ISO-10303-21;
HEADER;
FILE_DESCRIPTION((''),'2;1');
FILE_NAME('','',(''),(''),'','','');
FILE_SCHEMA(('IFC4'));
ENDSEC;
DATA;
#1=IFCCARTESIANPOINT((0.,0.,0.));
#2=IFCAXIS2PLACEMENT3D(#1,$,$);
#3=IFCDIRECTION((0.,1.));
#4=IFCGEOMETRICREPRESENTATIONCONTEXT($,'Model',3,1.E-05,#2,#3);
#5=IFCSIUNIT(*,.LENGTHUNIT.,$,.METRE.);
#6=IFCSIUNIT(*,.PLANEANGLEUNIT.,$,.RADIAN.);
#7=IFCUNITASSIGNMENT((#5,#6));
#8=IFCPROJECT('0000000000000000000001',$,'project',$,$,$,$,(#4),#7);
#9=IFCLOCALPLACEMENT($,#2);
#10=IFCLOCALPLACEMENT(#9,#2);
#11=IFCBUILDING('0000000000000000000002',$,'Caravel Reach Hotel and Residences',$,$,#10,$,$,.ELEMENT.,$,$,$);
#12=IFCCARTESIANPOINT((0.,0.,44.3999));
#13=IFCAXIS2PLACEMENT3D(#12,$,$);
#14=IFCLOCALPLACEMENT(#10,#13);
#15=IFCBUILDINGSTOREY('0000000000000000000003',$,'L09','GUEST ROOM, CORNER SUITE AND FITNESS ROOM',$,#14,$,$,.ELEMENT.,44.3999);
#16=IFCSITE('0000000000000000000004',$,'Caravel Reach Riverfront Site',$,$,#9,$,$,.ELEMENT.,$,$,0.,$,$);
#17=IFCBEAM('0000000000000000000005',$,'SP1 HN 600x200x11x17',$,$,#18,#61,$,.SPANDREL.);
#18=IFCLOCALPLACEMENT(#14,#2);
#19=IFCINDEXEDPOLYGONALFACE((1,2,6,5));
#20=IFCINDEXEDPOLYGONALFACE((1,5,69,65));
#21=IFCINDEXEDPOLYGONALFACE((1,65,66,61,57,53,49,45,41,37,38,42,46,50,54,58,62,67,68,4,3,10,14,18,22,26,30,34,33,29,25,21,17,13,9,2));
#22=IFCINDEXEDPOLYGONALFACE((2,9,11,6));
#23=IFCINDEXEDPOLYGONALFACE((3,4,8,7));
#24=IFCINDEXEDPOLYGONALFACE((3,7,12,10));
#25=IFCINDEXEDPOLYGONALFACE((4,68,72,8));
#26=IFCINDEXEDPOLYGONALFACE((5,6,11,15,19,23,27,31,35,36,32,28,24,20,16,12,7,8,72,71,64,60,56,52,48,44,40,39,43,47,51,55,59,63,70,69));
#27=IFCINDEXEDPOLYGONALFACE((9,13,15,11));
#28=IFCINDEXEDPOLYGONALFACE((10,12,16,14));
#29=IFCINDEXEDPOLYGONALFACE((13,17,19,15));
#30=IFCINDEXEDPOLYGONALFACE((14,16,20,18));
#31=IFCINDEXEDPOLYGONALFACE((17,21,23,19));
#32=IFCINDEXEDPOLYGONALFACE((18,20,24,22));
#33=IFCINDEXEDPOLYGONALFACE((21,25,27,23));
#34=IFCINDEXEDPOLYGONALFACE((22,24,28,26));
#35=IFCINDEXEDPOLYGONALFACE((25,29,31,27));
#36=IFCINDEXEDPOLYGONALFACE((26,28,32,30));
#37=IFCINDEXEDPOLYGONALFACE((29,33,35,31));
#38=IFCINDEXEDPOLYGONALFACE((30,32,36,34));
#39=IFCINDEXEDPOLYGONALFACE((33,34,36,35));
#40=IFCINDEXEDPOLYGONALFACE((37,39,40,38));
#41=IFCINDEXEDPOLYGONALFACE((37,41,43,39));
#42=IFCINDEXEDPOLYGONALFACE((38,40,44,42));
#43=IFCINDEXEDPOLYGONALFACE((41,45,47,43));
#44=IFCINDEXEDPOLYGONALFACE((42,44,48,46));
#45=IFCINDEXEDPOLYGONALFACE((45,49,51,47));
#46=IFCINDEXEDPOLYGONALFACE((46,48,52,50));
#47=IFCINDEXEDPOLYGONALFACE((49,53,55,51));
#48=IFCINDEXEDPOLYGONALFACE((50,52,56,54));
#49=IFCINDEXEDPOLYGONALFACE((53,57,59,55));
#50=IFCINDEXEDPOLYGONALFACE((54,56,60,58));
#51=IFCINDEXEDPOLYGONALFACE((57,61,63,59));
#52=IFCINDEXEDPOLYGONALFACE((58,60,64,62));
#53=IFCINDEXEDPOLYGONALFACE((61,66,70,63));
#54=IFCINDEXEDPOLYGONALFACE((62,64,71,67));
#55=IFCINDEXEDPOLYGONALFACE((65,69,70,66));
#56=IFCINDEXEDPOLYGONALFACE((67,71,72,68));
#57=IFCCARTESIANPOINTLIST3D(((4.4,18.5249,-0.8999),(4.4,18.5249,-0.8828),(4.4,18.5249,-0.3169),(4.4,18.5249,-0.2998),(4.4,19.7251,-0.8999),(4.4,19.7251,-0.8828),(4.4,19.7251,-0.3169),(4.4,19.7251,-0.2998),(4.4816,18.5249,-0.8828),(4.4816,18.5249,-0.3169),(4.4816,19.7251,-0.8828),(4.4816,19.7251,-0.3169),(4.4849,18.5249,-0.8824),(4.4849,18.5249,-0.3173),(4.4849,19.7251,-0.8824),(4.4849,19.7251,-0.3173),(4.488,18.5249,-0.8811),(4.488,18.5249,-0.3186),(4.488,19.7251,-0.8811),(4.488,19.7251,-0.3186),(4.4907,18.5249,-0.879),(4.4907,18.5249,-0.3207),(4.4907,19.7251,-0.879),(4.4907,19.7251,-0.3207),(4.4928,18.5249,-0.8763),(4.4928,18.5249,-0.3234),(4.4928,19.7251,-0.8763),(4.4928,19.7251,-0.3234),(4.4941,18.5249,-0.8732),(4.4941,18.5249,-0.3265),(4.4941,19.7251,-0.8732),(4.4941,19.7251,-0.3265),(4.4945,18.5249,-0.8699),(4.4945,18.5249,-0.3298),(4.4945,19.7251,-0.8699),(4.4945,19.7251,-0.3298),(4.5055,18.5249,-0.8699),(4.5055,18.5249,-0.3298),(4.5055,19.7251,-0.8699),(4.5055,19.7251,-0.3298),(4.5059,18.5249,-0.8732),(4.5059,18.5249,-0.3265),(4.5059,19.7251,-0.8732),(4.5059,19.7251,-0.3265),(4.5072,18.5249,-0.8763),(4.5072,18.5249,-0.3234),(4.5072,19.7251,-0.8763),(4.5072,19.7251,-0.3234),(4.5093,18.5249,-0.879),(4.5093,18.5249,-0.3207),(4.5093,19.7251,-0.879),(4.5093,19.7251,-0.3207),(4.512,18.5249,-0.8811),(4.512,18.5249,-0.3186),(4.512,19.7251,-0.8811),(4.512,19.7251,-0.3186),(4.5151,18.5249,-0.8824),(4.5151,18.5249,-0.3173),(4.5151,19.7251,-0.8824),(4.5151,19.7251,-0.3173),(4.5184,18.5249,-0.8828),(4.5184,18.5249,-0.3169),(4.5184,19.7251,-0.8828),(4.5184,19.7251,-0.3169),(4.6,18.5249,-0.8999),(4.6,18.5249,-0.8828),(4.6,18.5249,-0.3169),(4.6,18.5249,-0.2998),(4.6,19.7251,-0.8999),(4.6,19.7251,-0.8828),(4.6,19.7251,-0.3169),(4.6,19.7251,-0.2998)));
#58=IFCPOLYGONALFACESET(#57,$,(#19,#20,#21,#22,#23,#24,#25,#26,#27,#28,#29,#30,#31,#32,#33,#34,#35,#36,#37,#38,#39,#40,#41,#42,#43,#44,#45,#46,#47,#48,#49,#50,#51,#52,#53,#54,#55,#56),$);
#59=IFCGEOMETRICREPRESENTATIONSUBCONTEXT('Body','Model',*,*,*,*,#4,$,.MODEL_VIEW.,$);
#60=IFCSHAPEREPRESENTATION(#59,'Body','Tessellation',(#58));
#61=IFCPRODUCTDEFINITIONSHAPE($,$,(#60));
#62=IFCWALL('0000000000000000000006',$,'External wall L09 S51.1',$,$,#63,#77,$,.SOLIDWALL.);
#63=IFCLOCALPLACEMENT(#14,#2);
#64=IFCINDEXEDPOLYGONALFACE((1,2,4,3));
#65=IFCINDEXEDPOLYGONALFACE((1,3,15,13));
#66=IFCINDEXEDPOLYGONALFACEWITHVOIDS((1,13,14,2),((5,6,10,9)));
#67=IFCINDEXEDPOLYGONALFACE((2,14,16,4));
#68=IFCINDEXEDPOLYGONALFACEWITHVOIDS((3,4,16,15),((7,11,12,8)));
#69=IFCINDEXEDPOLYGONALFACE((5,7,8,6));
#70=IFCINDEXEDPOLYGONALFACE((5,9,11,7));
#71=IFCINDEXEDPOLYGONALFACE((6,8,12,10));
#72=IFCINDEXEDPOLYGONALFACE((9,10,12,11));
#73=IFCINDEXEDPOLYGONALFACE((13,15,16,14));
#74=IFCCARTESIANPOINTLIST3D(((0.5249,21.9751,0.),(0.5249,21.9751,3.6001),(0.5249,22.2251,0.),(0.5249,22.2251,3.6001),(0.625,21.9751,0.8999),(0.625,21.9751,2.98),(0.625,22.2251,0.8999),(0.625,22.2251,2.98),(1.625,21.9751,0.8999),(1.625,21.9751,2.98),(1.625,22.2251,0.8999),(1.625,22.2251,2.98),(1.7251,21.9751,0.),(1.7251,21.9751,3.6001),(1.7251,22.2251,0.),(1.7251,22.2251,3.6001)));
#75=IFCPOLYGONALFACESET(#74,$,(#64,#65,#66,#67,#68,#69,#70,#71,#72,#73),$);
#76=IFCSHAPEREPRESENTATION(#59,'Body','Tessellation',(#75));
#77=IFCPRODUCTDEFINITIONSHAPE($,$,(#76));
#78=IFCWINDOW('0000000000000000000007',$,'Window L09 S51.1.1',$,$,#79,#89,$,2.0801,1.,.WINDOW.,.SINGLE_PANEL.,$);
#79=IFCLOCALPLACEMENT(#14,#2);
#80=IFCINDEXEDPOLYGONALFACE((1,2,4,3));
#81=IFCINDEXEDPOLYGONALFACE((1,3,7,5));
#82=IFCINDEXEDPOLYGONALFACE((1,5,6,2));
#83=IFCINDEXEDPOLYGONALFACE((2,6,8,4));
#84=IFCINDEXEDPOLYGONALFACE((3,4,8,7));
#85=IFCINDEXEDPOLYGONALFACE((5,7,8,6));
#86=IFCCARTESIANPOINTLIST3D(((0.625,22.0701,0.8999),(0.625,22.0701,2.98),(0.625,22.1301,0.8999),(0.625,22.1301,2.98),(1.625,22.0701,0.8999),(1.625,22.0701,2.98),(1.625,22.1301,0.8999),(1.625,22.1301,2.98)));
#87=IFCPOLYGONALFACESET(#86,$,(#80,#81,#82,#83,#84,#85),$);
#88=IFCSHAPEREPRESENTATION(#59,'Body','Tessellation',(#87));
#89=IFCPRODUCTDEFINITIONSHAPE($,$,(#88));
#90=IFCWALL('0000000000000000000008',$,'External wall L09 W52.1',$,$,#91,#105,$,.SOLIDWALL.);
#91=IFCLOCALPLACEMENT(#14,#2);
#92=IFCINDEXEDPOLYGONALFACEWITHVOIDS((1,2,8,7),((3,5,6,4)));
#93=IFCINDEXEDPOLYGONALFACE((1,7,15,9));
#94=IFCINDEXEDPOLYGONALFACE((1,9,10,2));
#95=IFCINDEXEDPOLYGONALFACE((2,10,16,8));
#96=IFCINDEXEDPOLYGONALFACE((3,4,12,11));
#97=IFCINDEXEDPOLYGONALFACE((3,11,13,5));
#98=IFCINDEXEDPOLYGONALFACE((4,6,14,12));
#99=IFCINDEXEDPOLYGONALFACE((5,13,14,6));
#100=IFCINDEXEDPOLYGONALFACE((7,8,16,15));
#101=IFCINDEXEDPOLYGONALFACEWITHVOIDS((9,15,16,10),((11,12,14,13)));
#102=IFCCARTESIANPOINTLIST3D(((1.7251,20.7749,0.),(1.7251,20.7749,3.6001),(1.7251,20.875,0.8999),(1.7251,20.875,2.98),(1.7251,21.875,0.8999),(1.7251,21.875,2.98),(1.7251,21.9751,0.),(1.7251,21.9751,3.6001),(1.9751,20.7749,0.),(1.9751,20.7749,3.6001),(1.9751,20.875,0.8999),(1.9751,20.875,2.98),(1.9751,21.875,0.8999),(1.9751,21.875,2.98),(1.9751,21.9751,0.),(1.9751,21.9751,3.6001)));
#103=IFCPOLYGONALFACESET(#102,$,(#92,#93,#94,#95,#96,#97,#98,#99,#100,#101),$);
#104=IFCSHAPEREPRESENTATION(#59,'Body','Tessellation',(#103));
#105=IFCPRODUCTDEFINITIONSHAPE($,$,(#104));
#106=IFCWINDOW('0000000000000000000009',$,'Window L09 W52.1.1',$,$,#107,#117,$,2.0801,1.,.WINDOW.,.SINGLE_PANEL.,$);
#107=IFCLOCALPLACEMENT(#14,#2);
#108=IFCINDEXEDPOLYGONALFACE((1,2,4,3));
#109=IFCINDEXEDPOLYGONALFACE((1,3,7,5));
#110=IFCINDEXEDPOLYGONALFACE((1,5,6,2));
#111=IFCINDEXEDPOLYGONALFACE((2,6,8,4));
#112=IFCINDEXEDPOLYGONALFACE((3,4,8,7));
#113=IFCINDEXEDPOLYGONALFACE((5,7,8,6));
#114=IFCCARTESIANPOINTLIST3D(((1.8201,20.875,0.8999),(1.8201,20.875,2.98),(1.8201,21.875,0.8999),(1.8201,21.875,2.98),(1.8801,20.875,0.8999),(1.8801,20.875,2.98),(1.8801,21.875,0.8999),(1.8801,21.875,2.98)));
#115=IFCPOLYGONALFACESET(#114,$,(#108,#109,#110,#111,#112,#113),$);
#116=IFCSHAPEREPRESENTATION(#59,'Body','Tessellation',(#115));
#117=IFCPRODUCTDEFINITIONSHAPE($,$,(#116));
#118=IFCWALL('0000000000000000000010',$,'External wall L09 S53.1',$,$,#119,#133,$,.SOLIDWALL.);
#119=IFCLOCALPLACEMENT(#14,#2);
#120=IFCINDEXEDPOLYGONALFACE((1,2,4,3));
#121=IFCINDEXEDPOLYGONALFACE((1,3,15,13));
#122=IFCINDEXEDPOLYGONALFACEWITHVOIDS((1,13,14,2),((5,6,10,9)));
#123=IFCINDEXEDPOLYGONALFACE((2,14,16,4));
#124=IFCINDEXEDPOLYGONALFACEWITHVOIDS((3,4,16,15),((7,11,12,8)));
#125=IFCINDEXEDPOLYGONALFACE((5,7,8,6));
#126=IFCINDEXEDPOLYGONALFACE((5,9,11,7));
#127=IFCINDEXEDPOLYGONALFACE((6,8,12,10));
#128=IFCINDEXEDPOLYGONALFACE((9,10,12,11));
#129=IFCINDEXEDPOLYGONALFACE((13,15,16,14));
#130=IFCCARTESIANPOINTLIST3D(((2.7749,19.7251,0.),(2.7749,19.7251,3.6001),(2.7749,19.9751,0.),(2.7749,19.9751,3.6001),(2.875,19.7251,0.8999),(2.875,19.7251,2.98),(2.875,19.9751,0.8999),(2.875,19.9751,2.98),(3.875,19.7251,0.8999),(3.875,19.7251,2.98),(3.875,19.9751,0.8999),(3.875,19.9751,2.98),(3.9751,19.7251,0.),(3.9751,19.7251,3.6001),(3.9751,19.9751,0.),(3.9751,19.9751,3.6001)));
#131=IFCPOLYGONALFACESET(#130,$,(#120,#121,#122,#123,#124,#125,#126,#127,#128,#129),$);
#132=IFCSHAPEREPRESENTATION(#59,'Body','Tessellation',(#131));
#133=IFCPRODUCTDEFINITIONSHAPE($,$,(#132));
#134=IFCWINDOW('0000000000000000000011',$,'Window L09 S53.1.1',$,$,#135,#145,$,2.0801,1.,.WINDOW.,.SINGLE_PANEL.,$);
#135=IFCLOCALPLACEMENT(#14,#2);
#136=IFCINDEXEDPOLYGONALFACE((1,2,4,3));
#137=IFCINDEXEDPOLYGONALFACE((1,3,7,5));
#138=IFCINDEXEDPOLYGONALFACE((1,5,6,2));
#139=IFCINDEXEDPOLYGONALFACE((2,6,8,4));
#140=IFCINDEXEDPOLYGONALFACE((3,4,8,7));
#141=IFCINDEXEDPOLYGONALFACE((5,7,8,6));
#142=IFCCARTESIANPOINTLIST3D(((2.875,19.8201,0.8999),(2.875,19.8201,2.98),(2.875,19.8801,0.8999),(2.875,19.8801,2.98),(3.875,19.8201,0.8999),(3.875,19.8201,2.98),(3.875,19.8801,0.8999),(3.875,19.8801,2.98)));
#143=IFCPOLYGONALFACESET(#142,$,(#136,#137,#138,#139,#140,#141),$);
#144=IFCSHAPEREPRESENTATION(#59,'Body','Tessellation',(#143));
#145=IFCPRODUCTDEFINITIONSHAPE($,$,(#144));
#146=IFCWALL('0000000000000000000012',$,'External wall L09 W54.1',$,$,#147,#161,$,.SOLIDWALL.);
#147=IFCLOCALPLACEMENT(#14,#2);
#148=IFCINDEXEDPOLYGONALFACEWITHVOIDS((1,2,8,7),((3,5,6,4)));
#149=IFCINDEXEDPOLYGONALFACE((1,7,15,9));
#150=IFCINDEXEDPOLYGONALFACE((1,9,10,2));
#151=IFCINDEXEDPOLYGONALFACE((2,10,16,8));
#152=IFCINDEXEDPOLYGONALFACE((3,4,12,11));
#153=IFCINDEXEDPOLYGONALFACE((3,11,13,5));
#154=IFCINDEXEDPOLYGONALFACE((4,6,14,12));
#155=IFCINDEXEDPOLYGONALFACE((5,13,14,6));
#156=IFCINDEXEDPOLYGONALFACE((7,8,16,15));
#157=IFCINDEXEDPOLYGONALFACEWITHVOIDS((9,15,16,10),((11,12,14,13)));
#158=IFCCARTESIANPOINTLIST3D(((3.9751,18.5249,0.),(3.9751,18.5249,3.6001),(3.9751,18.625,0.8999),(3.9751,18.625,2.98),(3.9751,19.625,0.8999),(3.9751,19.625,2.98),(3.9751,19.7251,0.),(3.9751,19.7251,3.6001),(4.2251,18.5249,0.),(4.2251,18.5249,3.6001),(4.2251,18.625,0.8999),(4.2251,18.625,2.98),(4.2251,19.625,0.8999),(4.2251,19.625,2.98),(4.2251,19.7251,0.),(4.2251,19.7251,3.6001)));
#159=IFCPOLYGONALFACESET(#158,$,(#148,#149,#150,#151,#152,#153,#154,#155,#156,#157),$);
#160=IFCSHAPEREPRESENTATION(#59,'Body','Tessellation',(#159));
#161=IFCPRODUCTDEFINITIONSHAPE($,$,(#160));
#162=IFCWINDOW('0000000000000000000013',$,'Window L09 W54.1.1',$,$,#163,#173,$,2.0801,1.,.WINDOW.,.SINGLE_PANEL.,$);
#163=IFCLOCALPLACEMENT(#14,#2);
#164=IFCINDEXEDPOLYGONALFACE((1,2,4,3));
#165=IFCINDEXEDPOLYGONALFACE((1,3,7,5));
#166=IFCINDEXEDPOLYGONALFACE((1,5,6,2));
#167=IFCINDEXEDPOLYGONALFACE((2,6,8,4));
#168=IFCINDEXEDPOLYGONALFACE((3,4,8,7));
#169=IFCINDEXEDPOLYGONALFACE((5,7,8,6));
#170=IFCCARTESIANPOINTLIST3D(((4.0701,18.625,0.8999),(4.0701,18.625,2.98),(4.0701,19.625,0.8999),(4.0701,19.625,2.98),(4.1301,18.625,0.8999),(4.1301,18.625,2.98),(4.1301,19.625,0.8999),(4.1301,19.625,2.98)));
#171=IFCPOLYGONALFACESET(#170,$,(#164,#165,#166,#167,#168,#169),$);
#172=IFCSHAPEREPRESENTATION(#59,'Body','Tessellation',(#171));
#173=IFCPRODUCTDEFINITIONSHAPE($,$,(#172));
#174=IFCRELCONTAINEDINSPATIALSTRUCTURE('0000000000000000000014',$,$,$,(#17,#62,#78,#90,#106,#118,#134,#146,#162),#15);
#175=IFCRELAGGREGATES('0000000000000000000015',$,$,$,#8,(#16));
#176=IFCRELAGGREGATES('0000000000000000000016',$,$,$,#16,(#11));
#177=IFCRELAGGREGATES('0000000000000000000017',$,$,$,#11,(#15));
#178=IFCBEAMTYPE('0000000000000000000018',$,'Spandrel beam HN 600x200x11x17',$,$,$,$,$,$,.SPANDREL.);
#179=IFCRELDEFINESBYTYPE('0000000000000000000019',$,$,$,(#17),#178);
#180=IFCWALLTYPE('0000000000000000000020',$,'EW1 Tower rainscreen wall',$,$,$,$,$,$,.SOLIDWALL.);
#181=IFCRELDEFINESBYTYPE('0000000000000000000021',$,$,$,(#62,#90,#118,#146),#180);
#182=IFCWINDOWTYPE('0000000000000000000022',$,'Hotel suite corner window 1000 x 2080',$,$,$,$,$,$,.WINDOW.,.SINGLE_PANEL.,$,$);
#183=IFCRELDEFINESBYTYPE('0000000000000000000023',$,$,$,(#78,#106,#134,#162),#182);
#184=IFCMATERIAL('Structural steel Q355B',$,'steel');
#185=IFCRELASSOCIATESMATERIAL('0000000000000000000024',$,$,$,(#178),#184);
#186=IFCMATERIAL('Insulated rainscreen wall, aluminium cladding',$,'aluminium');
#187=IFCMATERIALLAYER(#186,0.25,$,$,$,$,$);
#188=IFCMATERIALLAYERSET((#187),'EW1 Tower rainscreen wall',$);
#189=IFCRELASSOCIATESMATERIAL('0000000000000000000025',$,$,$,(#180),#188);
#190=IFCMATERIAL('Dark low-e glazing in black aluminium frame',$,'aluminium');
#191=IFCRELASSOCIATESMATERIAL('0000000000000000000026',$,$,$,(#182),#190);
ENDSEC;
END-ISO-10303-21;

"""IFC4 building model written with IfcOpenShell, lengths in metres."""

from ifc_helpers import new_model, si_unit, direction, frame, frame_2d, origin, origin_2d, place, context, subcontext, project, spatial, rectangle, i_section, extrude, material, layer, layer_set, material_profile, profile_set, type_object, element, fill, save


model = new_model("IFC4")

# Units and contexts
model_context = context("Model", 3, precision=1e-05, world=origin(), true_north=direction((0.0, 1.0)))
body_context = subcontext(model_context, "Body", "Model", "MODEL_VIEW")
ifc_project = project(units=[si_unit("LENGTHUNIT", "METRE"), si_unit("PLANEANGLEUNIT", "RADIAN")], contexts=[model_context])

# Site, building, storey
site_placement = place(None, origin())
site = spatial("IfcSite", under=ifc_project, at=site_placement, Name="Caravel Reach Riverfront Site", CompositionType="ELEMENT", RefElevation=0.0)
building_placement = place(site_placement, origin())
building = spatial("IfcBuilding", under=site, at=building_placement, Name="Caravel Reach Hotel and Residences", CompositionType="ELEMENT")
storey_placement = place(building_placement, frame((0.0, 0.0, 44.3999)))
storey = spatial("IfcBuildingStorey", under=building, at=storey_placement, Name="L09", Description="GUEST ROOM, CORNER SUITE AND FITNESS ROOM", CompositionType="ELEMENT", Elevation=44.3999)

# Beam
ifc_material_1 = material(Name="Structural steel Q355B", Category="steel")
ifc_material_profile_1 = material_profile(ifc_material_1, i_section(OverallWidth=0.2, OverallDepth=0.6001, WebThickness=0.011, FlangeThickness=0.0171, FilletRadius=0.0129, at=origin_2d()), Name="HN 600x200x11x17")
ifc_profile_set_1 = profile_set([ifc_material_profile_1], Name="Structural steel Q355B")
beam_type = type_object("IfcBeamType", Name="Spandrel beam HN 600x200x11x17", PredefinedType="SPANDREL", material=ifc_profile_set_1)
for number, where, z_axis, x_axis, name in (
    (1, (4.5, 19.7251, -0.5999), (0.0, -1.0, 0.0), (1.0, 0.0, 0.0), "SP1 HN 600x200x11x17"),
):
    element("IfcBeam", number, at=place(storey_placement, frame(where, z_axis=z_axis, x_axis=x_axis)), inside=storey, type_object=beam_type, Name=name, PredefinedType="SPANDREL", context=body_context, shape_type="SweptSolid", body=[
        extrude(i_section(OverallWidth=0.2, OverallDepth=0.6001, WebThickness=0.011, FlangeThickness=0.0171, FilletRadius=0.0129, at=origin_2d()), origin(), (0.0, 0.0, 1.0), 1.2002),
    ])

# Walls, openings, windows
ifc_material_2 = material(Name="Insulated rainscreen wall, aluminium cladding", Category="aluminium")
ifc_layer = layer(ifc_material_2, 0.25)
ifc_layer_set = layer_set([ifc_layer], Name="EW1 Tower rainscreen wall")
wall_type = type_object("IfcWallType", Name="EW1 Tower rainscreen wall", PredefinedType="SOLIDWALL", material=ifc_layer_set)
wall_1_placement = place(storey_placement, frame((0.5249, 22.1001, 0.0), z_axis=(0.0, 0.0, 1.0), x_axis=(1.0, 0.0, 0.0)))
wall_1 = element("IfcWall", 2, at=wall_1_placement, inside=storey, type_object=wall_type, Name="External wall L09 S51.1", PredefinedType="SOLIDWALL", context=body_context, shape_type="SweptSolid", body=[
    extrude(rectangle(XDim=1.2002, YDim=0.25, at=frame_2d((0.6001, 0.0))), origin(), (0.0, 0.0, 1.0), 3.6001),
])
opening_1_placement = place(wall_1_placement, frame((0.1001, 0.0, 0.8999)))
opening_1 = element("IfcOpeningElement", 3, at=opening_1_placement, cuts=wall_1, PredefinedType="OPENING", context=body_context, shape_type="SweptSolid", body=[
    extrude(rectangle(XDim=1.0, YDim=2.0801, at=frame_2d((0.5, 1.04))), frame((0.0, 0.135, 0.0), z_axis=(0.0, -1.0, 0.0), x_axis=(1.0, 0.0, 0.0)), (0.0, 0.0, 1.0), 0.27),
])
ifc_material_3 = material(Name="Dark low-e glazing in black aluminium frame", Category="aluminium")
window_type = type_object("IfcWindowType", Name="Hotel suite corner window 1000 x 2080", PartitioningType="SINGLE_PANEL", PredefinedType="WINDOW", material=ifc_material_3)
window_1_placement = place(opening_1_placement, origin())
window_1 = element("IfcWindow", 4, at=window_1_placement, inside=storey, type_object=window_type, Name="Window L09 S51.1.1", OverallHeight=2.0801, OverallWidth=1.0, PartitioningType="SINGLE_PANEL", PredefinedType="WINDOW", context=body_context, shape_type="SweptSolid", body=[
    extrude(rectangle(XDim=1.0, YDim=2.0801, at=frame_2d((0.5, 1.04))), frame((0.0, 0.03, 0.0), z_axis=(0.0, -1.0, 0.0), x_axis=(1.0, 0.0, 0.0)), (0.0, 0.0, 1.0), 0.0601),
])
fill(opening_1, window_1)
wall_2_placement = place(storey_placement, frame((1.8501, 21.9751, 0.0), z_axis=(0.0, 0.0, 1.0), x_axis=(0.0, -1.0, 0.0)))
wall_2 = element("IfcWall", 5, at=wall_2_placement, inside=storey, type_object=wall_type, Name="External wall L09 W52.1", PredefinedType="SOLIDWALL", context=body_context, shape_type="SweptSolid", body=[
    extrude(rectangle(XDim=1.2002, YDim=0.25, at=frame_2d((0.6001, 0.0))), origin(), (0.0, 0.0, 1.0), 3.6001),
])
opening_2_placement = place(wall_2_placement, frame((0.1001, 0.0, 0.8999)))
opening_2 = element("IfcOpeningElement", 6, at=opening_2_placement, cuts=wall_2, PredefinedType="OPENING", context=body_context, shape_type="SweptSolid", body=[
    extrude(rectangle(XDim=1.0, YDim=2.0801, at=frame_2d((0.5, 1.04))), frame((0.0, 0.135, 0.0), z_axis=(0.0, -1.0, 0.0), x_axis=(1.0, 0.0, 0.0)), (0.0, 0.0, 1.0), 0.27),
])
window_2_placement = place(opening_2_placement, origin())
window_2 = element("IfcWindow", 7, at=window_2_placement, inside=storey, type_object=window_type, Name="Window L09 W52.1.1", OverallHeight=2.0801, OverallWidth=1.0, PartitioningType="SINGLE_PANEL", PredefinedType="WINDOW", context=body_context, shape_type="SweptSolid", body=[
    extrude(rectangle(XDim=1.0, YDim=2.0801, at=frame_2d((0.5, 1.04))), frame((0.0, 0.03, 0.0), z_axis=(0.0, -1.0, 0.0), x_axis=(1.0, 0.0, 0.0)), (0.0, 0.0, 1.0), 0.0601),
])
fill(opening_2, window_2)
wall_3_placement = place(storey_placement, frame((2.7749, 19.8501, 0.0), z_axis=(0.0, 0.0, 1.0), x_axis=(1.0, 0.0, 0.0)))
wall_3 = element("IfcWall", 8, at=wall_3_placement, inside=storey, type_object=wall_type, Name="External wall L09 S53.1", PredefinedType="SOLIDWALL", context=body_context, shape_type="SweptSolid", body=[
    extrude(rectangle(XDim=1.2002, YDim=0.25, at=frame_2d((0.6001, 0.0))), origin(), (0.0, 0.0, 1.0), 3.6001),
])
opening_3_placement = place(wall_3_placement, frame((0.1001, 0.0, 0.8999)))
opening_3 = element("IfcOpeningElement", 9, at=opening_3_placement, cuts=wall_3, PredefinedType="OPENING", context=body_context, shape_type="SweptSolid", body=[
    extrude(rectangle(XDim=1.0, YDim=2.0801, at=frame_2d((0.5, 1.04))), frame((0.0, 0.135, 0.0), z_axis=(0.0, -1.0, 0.0), x_axis=(1.0, 0.0, 0.0)), (0.0, 0.0, 1.0), 0.27),
])
window_3_placement = place(opening_3_placement, origin())
window_3 = element("IfcWindow", 10, at=window_3_placement, inside=storey, type_object=window_type, Name="Window L09 S53.1.1", OverallHeight=2.0801, OverallWidth=1.0, PartitioningType="SINGLE_PANEL", PredefinedType="WINDOW", context=body_context, shape_type="SweptSolid", body=[
    extrude(rectangle(XDim=1.0, YDim=2.0801, at=frame_2d((0.5, 1.04))), frame((0.0, 0.03, 0.0), z_axis=(0.0, -1.0, 0.0), x_axis=(1.0, 0.0, 0.0)), (0.0, 0.0, 1.0), 0.0601),
])
fill(opening_3, window_3)
wall_4_placement = place(storey_placement, frame((4.1001, 19.7251, 0.0), z_axis=(0.0, 0.0, 1.0), x_axis=(0.0, -1.0, 0.0)))
wall_4 = element("IfcWall", 11, at=wall_4_placement, inside=storey, type_object=wall_type, Name="External wall L09 W54.1", PredefinedType="SOLIDWALL", context=body_context, shape_type="SweptSolid", body=[
    extrude(rectangle(XDim=1.2002, YDim=0.25, at=frame_2d((0.6001, 0.0))), origin(), (0.0, 0.0, 1.0), 3.6001),
])
opening_4_placement = place(wall_4_placement, frame((0.1001, 0.0, 0.8999)))
opening_4 = element("IfcOpeningElement", 12, at=opening_4_placement, cuts=wall_4, PredefinedType="OPENING", context=body_context, shape_type="SweptSolid", body=[
    extrude(rectangle(XDim=1.0, YDim=2.0801, at=frame_2d((0.5, 1.04))), frame((0.0, 0.135, 0.0), z_axis=(0.0, -1.0, 0.0), x_axis=(1.0, 0.0, 0.0)), (0.0, 0.0, 1.0), 0.27),
])
window_4_placement = place(opening_4_placement, origin())
window_4 = element("IfcWindow", 13, at=window_4_placement, inside=storey, type_object=window_type, Name="Window L09 W54.1.1", OverallHeight=2.0801, OverallWidth=1.0, PartitioningType="SINGLE_PANEL", PredefinedType="WINDOW", context=body_context, shape_type="SweptSolid", body=[
    extrude(rectangle(XDim=1.0, YDim=2.0801, at=frame_2d((0.5, 1.04))), frame((0.0, 0.03, 0.0), z_axis=(0.0, -1.0, 0.0), x_axis=(1.0, 0.0, 0.0)), (0.0, 0.0, 1.0), 0.0601),
])
fill(opening_4, window_4)

save(model, "model.ifc")
